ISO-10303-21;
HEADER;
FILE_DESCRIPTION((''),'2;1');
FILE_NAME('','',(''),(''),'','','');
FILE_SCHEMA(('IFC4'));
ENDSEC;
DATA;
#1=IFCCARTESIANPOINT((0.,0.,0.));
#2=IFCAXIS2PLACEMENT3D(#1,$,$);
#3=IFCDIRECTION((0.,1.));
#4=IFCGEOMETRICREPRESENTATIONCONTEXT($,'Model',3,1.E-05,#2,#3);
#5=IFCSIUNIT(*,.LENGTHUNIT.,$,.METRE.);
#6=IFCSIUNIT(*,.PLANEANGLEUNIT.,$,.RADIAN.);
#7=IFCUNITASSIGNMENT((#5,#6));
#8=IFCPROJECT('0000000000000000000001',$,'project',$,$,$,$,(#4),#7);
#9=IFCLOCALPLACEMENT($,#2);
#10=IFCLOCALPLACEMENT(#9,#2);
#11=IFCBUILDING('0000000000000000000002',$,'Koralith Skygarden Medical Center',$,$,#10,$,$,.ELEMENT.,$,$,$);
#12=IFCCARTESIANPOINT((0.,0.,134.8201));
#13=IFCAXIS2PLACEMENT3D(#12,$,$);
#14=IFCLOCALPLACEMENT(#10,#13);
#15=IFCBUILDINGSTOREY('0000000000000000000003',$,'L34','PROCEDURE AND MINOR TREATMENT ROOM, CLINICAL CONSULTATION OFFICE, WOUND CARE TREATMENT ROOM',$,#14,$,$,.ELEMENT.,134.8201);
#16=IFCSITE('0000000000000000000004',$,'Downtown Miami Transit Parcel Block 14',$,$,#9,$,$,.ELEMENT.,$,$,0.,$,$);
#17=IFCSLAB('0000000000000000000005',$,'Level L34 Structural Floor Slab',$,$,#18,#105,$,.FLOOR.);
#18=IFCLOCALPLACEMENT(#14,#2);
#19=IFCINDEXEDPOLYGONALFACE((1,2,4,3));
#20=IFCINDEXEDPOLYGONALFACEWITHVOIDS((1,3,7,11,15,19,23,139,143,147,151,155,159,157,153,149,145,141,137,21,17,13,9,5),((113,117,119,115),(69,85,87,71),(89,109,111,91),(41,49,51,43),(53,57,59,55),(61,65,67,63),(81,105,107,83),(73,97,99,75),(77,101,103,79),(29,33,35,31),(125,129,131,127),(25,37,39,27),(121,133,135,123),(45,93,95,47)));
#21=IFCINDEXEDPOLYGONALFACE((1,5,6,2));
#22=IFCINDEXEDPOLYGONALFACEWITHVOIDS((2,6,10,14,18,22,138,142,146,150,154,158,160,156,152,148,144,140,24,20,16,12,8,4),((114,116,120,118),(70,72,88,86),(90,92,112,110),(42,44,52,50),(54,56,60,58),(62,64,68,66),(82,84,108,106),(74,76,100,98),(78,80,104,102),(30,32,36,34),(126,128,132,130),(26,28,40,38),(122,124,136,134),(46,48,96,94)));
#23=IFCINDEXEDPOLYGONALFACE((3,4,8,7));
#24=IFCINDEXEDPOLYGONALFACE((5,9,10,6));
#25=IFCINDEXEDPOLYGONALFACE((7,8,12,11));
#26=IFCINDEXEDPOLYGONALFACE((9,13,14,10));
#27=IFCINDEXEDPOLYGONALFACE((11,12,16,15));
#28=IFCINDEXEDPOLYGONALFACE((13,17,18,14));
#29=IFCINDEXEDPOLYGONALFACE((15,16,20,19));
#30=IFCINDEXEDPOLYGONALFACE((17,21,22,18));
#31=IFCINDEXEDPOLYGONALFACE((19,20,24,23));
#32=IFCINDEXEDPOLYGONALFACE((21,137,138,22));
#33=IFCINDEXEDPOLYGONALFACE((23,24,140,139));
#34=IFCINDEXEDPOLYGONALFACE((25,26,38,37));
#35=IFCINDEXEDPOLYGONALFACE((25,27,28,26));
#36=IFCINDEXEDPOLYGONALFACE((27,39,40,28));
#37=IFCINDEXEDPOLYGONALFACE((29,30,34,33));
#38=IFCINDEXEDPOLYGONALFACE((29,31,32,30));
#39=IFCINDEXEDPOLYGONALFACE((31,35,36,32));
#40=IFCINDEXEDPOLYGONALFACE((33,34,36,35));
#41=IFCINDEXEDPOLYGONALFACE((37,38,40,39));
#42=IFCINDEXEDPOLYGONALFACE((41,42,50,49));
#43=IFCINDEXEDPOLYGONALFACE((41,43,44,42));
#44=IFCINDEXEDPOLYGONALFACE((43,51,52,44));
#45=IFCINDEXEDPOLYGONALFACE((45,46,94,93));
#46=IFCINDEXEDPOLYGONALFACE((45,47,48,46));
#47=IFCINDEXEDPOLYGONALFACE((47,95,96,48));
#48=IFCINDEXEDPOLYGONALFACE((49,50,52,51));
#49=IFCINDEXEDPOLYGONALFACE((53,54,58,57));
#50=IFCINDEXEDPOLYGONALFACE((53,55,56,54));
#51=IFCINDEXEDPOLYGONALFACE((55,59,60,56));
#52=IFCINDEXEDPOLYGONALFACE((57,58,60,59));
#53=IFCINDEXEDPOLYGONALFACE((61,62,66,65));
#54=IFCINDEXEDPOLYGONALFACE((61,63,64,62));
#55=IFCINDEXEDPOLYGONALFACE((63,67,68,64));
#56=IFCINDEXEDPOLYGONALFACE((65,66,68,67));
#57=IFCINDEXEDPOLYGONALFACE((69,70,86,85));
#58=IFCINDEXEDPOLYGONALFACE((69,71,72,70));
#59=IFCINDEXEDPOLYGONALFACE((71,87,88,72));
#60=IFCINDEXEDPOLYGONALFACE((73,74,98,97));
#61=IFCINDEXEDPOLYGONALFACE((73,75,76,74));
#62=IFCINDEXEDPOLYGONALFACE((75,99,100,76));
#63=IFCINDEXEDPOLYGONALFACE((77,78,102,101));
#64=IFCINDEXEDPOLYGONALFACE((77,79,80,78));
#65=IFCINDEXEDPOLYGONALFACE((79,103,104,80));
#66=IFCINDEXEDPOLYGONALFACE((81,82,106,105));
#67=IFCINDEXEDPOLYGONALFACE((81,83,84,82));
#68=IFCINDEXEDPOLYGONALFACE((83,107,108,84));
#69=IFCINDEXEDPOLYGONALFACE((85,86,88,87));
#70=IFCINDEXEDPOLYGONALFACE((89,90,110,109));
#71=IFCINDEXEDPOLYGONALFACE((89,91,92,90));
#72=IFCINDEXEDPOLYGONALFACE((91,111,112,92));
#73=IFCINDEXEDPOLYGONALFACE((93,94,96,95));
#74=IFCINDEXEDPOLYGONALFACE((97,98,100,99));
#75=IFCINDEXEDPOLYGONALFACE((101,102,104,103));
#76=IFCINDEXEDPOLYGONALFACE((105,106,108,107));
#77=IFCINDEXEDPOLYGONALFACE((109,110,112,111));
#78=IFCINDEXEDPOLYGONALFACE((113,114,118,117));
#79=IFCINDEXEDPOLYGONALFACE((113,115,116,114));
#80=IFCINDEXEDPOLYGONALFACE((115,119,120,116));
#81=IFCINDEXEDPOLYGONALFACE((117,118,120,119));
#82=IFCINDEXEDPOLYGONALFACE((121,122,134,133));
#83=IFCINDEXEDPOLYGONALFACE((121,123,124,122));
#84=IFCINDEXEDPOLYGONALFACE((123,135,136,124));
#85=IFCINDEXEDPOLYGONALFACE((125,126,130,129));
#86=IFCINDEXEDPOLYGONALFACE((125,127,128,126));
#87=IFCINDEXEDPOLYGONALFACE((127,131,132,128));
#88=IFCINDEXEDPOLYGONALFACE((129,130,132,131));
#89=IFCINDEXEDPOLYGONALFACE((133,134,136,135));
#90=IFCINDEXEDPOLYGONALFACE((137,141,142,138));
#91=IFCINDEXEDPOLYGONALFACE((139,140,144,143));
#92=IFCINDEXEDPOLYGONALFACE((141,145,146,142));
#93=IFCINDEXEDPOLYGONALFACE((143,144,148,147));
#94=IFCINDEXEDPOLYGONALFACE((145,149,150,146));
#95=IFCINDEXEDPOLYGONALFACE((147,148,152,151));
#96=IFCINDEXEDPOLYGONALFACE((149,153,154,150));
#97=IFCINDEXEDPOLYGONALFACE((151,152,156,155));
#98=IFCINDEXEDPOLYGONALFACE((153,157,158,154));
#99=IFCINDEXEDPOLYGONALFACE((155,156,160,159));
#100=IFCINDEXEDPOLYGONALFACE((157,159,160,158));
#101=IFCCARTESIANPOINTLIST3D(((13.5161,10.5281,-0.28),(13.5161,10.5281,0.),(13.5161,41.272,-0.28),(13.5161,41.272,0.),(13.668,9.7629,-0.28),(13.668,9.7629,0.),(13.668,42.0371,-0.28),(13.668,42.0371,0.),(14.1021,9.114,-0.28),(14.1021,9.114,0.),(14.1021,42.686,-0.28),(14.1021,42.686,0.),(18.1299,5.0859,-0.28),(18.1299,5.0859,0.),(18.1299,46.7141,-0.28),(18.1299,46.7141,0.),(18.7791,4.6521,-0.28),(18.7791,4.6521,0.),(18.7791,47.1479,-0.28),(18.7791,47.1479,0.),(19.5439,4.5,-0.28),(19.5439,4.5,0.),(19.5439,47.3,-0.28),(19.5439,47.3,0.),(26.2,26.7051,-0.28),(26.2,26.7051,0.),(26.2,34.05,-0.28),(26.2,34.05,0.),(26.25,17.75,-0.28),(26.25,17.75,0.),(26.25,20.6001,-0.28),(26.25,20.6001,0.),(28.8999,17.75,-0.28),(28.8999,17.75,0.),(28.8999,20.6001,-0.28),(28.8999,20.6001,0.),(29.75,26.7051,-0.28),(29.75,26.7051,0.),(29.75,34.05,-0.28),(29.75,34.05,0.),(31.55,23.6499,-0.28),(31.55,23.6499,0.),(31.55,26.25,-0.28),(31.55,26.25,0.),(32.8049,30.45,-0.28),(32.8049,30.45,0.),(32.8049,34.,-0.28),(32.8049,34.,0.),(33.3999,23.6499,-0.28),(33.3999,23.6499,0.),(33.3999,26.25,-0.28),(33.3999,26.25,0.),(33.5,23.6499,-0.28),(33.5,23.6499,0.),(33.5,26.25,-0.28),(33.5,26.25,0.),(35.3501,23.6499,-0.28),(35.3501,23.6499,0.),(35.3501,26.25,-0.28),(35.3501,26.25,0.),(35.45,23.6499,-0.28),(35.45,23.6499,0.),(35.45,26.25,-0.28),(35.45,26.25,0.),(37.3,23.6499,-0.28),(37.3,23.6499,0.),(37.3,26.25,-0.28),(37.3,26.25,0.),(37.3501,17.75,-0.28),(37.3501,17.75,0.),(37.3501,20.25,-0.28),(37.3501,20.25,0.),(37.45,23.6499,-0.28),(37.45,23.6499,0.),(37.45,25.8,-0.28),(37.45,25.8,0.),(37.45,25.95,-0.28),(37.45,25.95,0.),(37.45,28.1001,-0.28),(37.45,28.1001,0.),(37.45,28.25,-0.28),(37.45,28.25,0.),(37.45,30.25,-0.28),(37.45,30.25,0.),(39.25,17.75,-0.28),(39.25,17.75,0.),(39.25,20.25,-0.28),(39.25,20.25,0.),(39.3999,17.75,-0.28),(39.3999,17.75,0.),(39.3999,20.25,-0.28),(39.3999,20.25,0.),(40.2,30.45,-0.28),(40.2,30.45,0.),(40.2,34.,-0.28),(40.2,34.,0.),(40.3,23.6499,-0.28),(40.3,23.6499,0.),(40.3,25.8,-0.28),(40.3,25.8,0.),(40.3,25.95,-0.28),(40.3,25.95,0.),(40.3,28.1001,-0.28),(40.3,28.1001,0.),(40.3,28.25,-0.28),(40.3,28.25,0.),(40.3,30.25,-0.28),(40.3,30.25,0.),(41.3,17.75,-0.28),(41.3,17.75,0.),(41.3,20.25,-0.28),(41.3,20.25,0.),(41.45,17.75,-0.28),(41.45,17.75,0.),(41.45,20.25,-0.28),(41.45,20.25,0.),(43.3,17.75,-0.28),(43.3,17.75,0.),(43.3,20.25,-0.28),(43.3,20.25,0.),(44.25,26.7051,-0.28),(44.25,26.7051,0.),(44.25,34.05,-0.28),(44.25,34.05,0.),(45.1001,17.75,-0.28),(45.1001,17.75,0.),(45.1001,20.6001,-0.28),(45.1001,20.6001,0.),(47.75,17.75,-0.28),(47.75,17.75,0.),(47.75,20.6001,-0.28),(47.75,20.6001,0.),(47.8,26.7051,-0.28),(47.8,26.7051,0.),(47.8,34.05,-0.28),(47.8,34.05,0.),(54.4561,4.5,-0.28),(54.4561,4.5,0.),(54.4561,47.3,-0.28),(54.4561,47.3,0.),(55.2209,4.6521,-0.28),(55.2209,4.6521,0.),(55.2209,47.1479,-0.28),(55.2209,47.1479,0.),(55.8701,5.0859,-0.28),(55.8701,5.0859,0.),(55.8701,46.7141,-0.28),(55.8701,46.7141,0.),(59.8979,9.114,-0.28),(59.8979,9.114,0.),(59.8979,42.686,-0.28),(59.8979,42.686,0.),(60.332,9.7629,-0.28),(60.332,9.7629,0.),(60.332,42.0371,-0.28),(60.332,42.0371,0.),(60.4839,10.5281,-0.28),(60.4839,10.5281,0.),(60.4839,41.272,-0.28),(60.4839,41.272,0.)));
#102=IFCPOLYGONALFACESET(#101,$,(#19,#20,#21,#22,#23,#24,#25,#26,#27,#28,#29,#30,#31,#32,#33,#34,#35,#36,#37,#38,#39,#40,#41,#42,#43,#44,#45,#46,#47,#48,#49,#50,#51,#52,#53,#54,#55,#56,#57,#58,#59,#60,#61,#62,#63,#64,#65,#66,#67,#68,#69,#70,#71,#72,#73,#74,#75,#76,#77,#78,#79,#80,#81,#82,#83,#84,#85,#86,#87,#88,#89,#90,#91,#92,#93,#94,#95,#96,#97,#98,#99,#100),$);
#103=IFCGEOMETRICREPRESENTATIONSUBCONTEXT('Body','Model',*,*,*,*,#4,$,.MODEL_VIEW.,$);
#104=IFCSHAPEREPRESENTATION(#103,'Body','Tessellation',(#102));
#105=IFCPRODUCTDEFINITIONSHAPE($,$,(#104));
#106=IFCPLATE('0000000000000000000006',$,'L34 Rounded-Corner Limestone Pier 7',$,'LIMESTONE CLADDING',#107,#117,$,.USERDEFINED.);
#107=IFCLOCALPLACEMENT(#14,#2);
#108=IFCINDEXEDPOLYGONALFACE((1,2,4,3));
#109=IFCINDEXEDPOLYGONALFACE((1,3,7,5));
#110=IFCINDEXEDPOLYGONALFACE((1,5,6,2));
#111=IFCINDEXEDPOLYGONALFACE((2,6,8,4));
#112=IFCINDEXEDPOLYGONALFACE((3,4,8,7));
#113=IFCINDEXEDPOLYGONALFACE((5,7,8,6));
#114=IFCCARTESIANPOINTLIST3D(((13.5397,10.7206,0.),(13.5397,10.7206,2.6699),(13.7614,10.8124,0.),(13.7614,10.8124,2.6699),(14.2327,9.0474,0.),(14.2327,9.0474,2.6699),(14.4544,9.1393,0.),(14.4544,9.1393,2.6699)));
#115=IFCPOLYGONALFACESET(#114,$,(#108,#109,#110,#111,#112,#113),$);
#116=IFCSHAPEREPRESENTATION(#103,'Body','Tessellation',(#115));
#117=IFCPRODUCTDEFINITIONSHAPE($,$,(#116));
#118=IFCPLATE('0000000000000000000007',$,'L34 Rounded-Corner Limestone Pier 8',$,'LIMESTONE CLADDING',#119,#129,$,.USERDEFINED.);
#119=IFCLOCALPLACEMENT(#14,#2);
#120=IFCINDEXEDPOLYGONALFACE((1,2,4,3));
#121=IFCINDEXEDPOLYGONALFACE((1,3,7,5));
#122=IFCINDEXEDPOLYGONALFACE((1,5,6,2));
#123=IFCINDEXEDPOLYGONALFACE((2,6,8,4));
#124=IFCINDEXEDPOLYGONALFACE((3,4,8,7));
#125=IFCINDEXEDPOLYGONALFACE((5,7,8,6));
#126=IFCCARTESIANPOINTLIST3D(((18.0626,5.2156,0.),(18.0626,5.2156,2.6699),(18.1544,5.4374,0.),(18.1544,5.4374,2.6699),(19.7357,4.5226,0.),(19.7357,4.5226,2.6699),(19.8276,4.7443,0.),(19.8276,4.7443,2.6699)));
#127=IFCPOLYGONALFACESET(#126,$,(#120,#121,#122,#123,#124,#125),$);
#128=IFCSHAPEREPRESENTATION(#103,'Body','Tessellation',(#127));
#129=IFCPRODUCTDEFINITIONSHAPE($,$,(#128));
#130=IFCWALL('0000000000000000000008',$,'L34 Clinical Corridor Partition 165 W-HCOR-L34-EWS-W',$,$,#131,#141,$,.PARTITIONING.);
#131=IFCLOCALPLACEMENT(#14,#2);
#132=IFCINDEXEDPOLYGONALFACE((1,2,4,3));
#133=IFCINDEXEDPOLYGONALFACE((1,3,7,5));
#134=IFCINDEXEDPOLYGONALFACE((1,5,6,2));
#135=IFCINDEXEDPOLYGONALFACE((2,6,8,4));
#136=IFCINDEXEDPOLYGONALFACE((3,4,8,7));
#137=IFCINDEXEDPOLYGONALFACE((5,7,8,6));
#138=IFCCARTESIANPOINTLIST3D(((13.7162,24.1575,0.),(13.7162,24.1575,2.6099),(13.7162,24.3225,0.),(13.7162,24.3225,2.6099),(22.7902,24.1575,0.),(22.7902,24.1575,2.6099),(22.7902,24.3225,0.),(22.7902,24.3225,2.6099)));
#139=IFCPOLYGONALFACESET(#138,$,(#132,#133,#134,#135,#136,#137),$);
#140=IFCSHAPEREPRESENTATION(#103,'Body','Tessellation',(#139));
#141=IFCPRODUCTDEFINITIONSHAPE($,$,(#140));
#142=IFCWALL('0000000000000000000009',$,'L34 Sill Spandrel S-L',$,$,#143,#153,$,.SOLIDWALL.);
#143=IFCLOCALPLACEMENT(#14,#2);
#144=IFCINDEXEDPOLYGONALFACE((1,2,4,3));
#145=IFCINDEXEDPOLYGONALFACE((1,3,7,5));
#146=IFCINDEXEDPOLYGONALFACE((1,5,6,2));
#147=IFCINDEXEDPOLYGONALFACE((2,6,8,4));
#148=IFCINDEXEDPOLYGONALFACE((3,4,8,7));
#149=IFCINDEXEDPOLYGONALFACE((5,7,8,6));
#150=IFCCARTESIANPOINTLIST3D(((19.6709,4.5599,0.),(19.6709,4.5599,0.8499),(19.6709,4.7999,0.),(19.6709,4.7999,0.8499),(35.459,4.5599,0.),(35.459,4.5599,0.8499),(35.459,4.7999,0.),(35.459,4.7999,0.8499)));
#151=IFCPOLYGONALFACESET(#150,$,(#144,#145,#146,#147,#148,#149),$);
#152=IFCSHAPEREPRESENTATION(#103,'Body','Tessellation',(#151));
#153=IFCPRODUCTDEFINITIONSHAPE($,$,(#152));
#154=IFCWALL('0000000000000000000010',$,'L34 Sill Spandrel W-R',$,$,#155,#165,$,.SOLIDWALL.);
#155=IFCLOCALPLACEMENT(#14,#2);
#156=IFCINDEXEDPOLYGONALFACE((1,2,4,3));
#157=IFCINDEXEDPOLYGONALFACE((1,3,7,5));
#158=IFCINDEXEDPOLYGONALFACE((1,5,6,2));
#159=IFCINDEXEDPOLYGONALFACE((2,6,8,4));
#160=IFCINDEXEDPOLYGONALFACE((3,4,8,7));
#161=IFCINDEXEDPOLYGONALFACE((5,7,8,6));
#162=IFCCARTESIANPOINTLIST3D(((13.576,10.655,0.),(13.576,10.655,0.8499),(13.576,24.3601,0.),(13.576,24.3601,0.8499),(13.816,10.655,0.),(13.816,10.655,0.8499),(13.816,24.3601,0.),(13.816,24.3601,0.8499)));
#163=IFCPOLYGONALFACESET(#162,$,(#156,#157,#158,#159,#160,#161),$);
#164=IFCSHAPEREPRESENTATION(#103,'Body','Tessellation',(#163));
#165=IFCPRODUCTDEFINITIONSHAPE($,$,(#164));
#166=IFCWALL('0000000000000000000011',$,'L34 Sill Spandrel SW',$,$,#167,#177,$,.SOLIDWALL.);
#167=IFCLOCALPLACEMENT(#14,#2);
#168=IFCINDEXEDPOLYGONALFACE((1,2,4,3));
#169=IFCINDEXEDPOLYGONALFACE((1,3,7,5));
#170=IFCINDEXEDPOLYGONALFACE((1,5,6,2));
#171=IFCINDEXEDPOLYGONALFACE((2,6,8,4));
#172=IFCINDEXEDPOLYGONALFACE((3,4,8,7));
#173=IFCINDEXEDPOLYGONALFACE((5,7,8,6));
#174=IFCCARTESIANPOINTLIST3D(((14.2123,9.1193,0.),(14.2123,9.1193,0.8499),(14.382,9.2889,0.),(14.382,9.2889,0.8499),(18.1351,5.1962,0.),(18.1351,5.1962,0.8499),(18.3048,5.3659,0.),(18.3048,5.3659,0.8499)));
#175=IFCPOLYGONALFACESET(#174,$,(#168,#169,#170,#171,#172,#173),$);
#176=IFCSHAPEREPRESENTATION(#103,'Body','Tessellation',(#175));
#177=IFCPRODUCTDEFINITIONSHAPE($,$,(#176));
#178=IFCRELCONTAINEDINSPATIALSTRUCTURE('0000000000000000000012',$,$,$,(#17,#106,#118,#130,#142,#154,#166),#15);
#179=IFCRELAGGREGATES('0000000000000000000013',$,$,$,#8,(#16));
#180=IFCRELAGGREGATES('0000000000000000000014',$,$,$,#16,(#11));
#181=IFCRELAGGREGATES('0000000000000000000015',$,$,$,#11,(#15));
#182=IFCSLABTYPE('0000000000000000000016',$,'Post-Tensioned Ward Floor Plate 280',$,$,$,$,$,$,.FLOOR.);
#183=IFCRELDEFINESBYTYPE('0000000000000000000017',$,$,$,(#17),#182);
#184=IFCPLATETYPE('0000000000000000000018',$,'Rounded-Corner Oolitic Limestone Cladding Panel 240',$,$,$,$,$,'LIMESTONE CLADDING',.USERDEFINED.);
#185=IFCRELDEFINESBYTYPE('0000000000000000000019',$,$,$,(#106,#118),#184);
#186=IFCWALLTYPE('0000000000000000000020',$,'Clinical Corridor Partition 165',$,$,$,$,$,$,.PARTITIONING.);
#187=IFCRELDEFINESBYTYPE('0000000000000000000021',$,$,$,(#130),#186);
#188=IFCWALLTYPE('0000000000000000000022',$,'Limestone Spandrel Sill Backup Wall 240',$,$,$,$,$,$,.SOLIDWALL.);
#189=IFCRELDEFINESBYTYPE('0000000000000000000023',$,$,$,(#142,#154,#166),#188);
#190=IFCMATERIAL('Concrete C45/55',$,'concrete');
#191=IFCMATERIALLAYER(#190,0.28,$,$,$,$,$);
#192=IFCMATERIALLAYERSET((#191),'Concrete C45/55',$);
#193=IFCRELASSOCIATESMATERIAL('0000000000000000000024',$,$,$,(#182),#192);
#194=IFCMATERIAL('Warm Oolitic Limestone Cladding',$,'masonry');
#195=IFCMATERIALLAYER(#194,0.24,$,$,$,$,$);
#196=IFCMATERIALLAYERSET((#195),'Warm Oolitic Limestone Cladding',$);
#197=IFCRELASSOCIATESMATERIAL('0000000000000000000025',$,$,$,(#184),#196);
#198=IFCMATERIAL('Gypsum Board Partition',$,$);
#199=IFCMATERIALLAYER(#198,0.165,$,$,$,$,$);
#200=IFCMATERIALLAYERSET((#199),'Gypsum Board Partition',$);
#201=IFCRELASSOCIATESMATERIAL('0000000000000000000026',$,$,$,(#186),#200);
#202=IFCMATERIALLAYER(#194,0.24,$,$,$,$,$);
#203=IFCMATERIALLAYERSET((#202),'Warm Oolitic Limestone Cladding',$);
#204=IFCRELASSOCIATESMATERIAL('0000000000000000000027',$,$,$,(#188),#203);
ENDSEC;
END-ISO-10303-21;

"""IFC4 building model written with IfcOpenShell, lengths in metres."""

from ifc_helpers import new_model, si_unit, direction, frame, frame_2d, origin, origin_2d, place, context, subcontext, project, spatial, polyline, rectangle, outline, extrude, material, layer, layer_set, type_object, element, save


model = new_model("IFC4")

# Units and contexts
model_context = context("Model", 3, precision=1e-05, world=origin(), true_north=direction((0.0, 1.0)))
body_context = subcontext(model_context, "Body", "Model", "MODEL_VIEW")
ifc_project = project(units=[si_unit("LENGTHUNIT", "METRE"), si_unit("PLANEANGLEUNIT", "RADIAN")], contexts=[model_context])

# Site, building, storey
site_placement = place(None, origin())
site = spatial("IfcSite", under=ifc_project, at=site_placement, Name="Downtown Miami Transit Parcel Block 14", CompositionType="ELEMENT", RefElevation=0.0)
building_placement = place(site_placement, origin())
building = spatial("IfcBuilding", under=site, at=building_placement, Name="Koralith Skygarden Medical Center", CompositionType="ELEMENT")
storey_placement = place(building_placement, frame((0.0, 0.0, 134.8201)))
storey = spatial("IfcBuildingStorey", under=building, at=storey_placement, Name="L34", Description="PROCEDURE AND MINOR TREATMENT ROOM, CLINICAL CONSULTATION OFFICE, WOUND CARE TREATMENT ROOM", CompositionType="ELEMENT", Elevation=134.8201)

# Shared definitions
ifc_material_1 = material(Name="Concrete C45/55", Category="concrete")

# Slab
ifc_layer_1 = layer(ifc_material_1, 0.28)
ifc_layer_set_1 = layer_set([ifc_layer_1], Name="Concrete C45/55")
slab_type_1 = type_object("IfcSlabType", Name="Post-Tensioned Ward Floor Plate 280", PredefinedType="FLOOR", material=ifc_layer_set_1)
slab_1_placement = place(storey_placement, frame((0.0, 0.0, -0.28)))
element("IfcSlab", 1, at=slab_1_placement, inside=storey, type_object=slab_type_1, Name="Level L34 Structural Floor Slab", PredefinedType="FLOOR", context=body_context, shape_type="SweptSolid", body=[
    extrude(outline(polyline([(18.1299, 5.0859), (18.7791, 4.6521), (19.5439, 4.5), (54.4561, 4.5), (55.2209, 4.6521), (55.8701, 5.0859), (59.8979, 9.114), (60.332, 9.7629), (60.4839, 10.5281), (60.4839, 41.272), (60.332, 42.0371), (59.8979, 42.686), (55.8701, 46.7141), (55.2209, 47.1479), (54.4561, 47.3), (19.5439, 47.3), (18.7791, 47.1479), (18.1299, 46.7141), (14.1021, 42.686), (13.668, 42.0371), (13.5161, 41.272), (13.5161, 10.5281), (13.668, 9.7629), (14.1021, 9.114), (18.1299, 5.0859)]), holes=[polyline([(26.2, 26.7051), (29.75, 26.7051), (29.75, 34.05), (26.2, 34.05), (26.2, 26.7051)]), polyline([(44.25, 26.7051), (47.8, 26.7051), (47.8, 34.05), (44.25, 34.05), (44.25, 26.7051)]), polyline([(32.8049, 30.45), (40.2, 30.45), (40.2, 34.0), (32.8049, 34.0), (32.8049, 30.45)]), polyline([(26.25, 17.75), (28.8999, 17.75), (28.8999, 20.6001), (26.25, 20.6001), (26.25, 17.75)]), polyline([(45.1001, 17.75), (47.75, 17.75), (47.75, 20.6001), (45.1001, 20.6001), (45.1001, 17.75)]), polyline([(37.3501, 17.75), (39.25, 17.75), (39.25, 20.25), (37.3501, 20.25), (37.3501, 17.75)]), polyline([(39.3999, 17.75), (41.3, 17.75), (41.3, 20.25), (39.3999, 20.25), (39.3999, 17.75)]), polyline([(41.45, 17.75), (43.3, 17.75), (43.3, 20.25), (41.45, 20.25), (41.45, 17.75)]), polyline([(31.55, 23.6499), (33.3999, 23.6499), (33.3999, 26.25), (31.55, 26.25), (31.55, 23.6499)]), polyline([(33.5, 23.6499), (35.3501, 23.6499), (35.3501, 26.25), (33.5, 26.25), (33.5, 23.6499)]), polyline([(35.45, 23.6499), (37.3, 23.6499), (37.3, 26.25), (35.45, 26.25), (35.45, 23.6499)]), polyline([(37.45, 23.6499), (40.3, 23.6499), (40.3, 25.8), (37.45, 25.8), (37.45, 23.6499)]), polyline([(37.45, 25.95), (40.3, 25.95), (40.3, 28.1001), (37.45, 28.1001), (37.45, 25.95)]), polyline([(37.45, 28.25), (40.3, 28.25), (40.3, 30.25), (37.45, 30.25), (37.45, 28.25)])]), origin(), (0.0, 0.0, 1.0), 0.28),
])

# Plates
ifc_material_2 = material(Name="Warm Oolitic Limestone Cladding", Category="masonry")
ifc_layer_2 = layer(ifc_material_2, 0.24)
ifc_layer_set_2 = layer_set([ifc_layer_2], Name="Warm Oolitic Limestone Cladding")
plate_type_1 = type_object("IfcPlateType", Name="Rounded-Corner Oolitic Limestone Cladding Panel 240", ElementType="LIMESTONE CLADDING", PredefinedType="USERDEFINED", material=ifc_layer_set_2)
for number, where, z_axis, x_axis, name in (
    (2, (13.9971, 9.9299, 0.0), (0.0, 0.0, 1.0), (0.382671, -0.923885, 0.0), "L34 Rounded-Corner Limestone Pier 7"),
    (3, (18.9451, 4.98, 0.0), (0.0, 0.0, 1.0), (0.923885, -0.382671, 0.0), "L34 Rounded-Corner Limestone Pier 8"),
):
    element("IfcPlate", number, at=place(storey_placement, frame(where, z_axis=z_axis, x_axis=x_axis)), inside=storey, type_object=plate_type_1, Name=name, ObjectType="LIMESTONE CLADDING", PredefinedType="USERDEFINED", context=body_context, shape_type="SweptSolid", body=[
        extrude(rectangle(XDim=1.811, YDim=0.24, at=origin_2d()), origin(), (0.0, 0.0, 1.0), 2.6699),
    ])

# Walls
ifc_material_3 = material(Name="Gypsum Board Partition")
ifc_layer_3 = layer(ifc_material_3, 0.165)
ifc_layer_set_3 = layer_set([ifc_layer_3], Name="Gypsum Board Partition")
wall_type_1 = type_object("IfcWallType", Name="Clinical Corridor Partition 165", PredefinedType="PARTITIONING", material=ifc_layer_set_3)
wall_1_placement = place(storey_placement, frame((13.7161, 24.24, 0.0), z_axis=(0.0, 0.0, 1.0), x_axis=(1.0, 0.0, 0.0)))
element("IfcWall", 4, at=wall_1_placement, inside=storey, type_object=wall_type_1, Name="L34 Clinical Corridor Partition 165 W-HCOR-L34-EWS-W", PredefinedType="PARTITIONING", context=body_context, shape_type="SweptSolid", body=[
    extrude(rectangle(XDim=9.074, YDim=0.165, at=frame_2d((4.5371, 0.0))), origin(), (0.0, 0.0, 1.0), 2.6099),
])
ifc_layer_4 = layer(ifc_material_2, 0.24)
ifc_layer_set_4 = layer_set([ifc_layer_4], Name="Warm Oolitic Limestone Cladding")
wall_type_2 = type_object("IfcWallType", Name="Limestone Spandrel Sill Backup Wall 240", PredefinedType="SOLIDWALL", material=ifc_layer_set_4)
wall_2_placement = place(storey_placement, frame((19.6709, 4.6799, 0.0), z_axis=(0.0, 0.0, 1.0), x_axis=(1.0, 0.0, 0.0)))
element("IfcWall", 5, at=wall_2_placement, inside=storey, type_object=wall_type_2, Name="L34 Sill Spandrel S-L", PredefinedType="SOLIDWALL", context=body_context, shape_type="SweptSolid", body=[
    extrude(rectangle(XDim=15.7881, YDim=0.24, at=frame_2d((7.894, 0.0))), origin(), (0.0, 0.0, 1.0), 0.8499),
])
wall_3_placement = place(storey_placement, frame((13.696, 24.3601, 0.0), z_axis=(0.0, 0.0, 1.0), x_axis=(0.0, -1.0, 0.0)))
element("IfcWall", 6, at=wall_3_placement, inside=storey, type_object=wall_type_2, Name="L34 Sill Spandrel W-R", PredefinedType="SOLIDWALL", context=body_context, shape_type="SweptSolid", body=[
    extrude(rectangle(XDim=13.7051, YDim=0.24, at=frame_2d((6.8525, 0.0))), origin(), (0.0, 0.0, 1.0), 0.8499),
])
wall_4_placement = place(storey_placement, frame((14.2971, 9.2041, 0.0), z_axis=(0.0, 0.0, 1.0), x_axis=(0.707085, -0.707129, 0.0)))
element("IfcWall", 7, at=wall_4_placement, inside=storey, type_object=wall_type_2, Name="L34 Sill Spandrel SW", PredefinedType="SOLIDWALL", context=body_context, shape_type="SweptSolid", body=[
    extrude(rectangle(XDim=5.5479, YDim=0.24, at=frame_2d((2.7739, 0.0))), origin(), (0.0, 0.0, 1.0), 0.8499),
])

save(model, "model.ifc")
